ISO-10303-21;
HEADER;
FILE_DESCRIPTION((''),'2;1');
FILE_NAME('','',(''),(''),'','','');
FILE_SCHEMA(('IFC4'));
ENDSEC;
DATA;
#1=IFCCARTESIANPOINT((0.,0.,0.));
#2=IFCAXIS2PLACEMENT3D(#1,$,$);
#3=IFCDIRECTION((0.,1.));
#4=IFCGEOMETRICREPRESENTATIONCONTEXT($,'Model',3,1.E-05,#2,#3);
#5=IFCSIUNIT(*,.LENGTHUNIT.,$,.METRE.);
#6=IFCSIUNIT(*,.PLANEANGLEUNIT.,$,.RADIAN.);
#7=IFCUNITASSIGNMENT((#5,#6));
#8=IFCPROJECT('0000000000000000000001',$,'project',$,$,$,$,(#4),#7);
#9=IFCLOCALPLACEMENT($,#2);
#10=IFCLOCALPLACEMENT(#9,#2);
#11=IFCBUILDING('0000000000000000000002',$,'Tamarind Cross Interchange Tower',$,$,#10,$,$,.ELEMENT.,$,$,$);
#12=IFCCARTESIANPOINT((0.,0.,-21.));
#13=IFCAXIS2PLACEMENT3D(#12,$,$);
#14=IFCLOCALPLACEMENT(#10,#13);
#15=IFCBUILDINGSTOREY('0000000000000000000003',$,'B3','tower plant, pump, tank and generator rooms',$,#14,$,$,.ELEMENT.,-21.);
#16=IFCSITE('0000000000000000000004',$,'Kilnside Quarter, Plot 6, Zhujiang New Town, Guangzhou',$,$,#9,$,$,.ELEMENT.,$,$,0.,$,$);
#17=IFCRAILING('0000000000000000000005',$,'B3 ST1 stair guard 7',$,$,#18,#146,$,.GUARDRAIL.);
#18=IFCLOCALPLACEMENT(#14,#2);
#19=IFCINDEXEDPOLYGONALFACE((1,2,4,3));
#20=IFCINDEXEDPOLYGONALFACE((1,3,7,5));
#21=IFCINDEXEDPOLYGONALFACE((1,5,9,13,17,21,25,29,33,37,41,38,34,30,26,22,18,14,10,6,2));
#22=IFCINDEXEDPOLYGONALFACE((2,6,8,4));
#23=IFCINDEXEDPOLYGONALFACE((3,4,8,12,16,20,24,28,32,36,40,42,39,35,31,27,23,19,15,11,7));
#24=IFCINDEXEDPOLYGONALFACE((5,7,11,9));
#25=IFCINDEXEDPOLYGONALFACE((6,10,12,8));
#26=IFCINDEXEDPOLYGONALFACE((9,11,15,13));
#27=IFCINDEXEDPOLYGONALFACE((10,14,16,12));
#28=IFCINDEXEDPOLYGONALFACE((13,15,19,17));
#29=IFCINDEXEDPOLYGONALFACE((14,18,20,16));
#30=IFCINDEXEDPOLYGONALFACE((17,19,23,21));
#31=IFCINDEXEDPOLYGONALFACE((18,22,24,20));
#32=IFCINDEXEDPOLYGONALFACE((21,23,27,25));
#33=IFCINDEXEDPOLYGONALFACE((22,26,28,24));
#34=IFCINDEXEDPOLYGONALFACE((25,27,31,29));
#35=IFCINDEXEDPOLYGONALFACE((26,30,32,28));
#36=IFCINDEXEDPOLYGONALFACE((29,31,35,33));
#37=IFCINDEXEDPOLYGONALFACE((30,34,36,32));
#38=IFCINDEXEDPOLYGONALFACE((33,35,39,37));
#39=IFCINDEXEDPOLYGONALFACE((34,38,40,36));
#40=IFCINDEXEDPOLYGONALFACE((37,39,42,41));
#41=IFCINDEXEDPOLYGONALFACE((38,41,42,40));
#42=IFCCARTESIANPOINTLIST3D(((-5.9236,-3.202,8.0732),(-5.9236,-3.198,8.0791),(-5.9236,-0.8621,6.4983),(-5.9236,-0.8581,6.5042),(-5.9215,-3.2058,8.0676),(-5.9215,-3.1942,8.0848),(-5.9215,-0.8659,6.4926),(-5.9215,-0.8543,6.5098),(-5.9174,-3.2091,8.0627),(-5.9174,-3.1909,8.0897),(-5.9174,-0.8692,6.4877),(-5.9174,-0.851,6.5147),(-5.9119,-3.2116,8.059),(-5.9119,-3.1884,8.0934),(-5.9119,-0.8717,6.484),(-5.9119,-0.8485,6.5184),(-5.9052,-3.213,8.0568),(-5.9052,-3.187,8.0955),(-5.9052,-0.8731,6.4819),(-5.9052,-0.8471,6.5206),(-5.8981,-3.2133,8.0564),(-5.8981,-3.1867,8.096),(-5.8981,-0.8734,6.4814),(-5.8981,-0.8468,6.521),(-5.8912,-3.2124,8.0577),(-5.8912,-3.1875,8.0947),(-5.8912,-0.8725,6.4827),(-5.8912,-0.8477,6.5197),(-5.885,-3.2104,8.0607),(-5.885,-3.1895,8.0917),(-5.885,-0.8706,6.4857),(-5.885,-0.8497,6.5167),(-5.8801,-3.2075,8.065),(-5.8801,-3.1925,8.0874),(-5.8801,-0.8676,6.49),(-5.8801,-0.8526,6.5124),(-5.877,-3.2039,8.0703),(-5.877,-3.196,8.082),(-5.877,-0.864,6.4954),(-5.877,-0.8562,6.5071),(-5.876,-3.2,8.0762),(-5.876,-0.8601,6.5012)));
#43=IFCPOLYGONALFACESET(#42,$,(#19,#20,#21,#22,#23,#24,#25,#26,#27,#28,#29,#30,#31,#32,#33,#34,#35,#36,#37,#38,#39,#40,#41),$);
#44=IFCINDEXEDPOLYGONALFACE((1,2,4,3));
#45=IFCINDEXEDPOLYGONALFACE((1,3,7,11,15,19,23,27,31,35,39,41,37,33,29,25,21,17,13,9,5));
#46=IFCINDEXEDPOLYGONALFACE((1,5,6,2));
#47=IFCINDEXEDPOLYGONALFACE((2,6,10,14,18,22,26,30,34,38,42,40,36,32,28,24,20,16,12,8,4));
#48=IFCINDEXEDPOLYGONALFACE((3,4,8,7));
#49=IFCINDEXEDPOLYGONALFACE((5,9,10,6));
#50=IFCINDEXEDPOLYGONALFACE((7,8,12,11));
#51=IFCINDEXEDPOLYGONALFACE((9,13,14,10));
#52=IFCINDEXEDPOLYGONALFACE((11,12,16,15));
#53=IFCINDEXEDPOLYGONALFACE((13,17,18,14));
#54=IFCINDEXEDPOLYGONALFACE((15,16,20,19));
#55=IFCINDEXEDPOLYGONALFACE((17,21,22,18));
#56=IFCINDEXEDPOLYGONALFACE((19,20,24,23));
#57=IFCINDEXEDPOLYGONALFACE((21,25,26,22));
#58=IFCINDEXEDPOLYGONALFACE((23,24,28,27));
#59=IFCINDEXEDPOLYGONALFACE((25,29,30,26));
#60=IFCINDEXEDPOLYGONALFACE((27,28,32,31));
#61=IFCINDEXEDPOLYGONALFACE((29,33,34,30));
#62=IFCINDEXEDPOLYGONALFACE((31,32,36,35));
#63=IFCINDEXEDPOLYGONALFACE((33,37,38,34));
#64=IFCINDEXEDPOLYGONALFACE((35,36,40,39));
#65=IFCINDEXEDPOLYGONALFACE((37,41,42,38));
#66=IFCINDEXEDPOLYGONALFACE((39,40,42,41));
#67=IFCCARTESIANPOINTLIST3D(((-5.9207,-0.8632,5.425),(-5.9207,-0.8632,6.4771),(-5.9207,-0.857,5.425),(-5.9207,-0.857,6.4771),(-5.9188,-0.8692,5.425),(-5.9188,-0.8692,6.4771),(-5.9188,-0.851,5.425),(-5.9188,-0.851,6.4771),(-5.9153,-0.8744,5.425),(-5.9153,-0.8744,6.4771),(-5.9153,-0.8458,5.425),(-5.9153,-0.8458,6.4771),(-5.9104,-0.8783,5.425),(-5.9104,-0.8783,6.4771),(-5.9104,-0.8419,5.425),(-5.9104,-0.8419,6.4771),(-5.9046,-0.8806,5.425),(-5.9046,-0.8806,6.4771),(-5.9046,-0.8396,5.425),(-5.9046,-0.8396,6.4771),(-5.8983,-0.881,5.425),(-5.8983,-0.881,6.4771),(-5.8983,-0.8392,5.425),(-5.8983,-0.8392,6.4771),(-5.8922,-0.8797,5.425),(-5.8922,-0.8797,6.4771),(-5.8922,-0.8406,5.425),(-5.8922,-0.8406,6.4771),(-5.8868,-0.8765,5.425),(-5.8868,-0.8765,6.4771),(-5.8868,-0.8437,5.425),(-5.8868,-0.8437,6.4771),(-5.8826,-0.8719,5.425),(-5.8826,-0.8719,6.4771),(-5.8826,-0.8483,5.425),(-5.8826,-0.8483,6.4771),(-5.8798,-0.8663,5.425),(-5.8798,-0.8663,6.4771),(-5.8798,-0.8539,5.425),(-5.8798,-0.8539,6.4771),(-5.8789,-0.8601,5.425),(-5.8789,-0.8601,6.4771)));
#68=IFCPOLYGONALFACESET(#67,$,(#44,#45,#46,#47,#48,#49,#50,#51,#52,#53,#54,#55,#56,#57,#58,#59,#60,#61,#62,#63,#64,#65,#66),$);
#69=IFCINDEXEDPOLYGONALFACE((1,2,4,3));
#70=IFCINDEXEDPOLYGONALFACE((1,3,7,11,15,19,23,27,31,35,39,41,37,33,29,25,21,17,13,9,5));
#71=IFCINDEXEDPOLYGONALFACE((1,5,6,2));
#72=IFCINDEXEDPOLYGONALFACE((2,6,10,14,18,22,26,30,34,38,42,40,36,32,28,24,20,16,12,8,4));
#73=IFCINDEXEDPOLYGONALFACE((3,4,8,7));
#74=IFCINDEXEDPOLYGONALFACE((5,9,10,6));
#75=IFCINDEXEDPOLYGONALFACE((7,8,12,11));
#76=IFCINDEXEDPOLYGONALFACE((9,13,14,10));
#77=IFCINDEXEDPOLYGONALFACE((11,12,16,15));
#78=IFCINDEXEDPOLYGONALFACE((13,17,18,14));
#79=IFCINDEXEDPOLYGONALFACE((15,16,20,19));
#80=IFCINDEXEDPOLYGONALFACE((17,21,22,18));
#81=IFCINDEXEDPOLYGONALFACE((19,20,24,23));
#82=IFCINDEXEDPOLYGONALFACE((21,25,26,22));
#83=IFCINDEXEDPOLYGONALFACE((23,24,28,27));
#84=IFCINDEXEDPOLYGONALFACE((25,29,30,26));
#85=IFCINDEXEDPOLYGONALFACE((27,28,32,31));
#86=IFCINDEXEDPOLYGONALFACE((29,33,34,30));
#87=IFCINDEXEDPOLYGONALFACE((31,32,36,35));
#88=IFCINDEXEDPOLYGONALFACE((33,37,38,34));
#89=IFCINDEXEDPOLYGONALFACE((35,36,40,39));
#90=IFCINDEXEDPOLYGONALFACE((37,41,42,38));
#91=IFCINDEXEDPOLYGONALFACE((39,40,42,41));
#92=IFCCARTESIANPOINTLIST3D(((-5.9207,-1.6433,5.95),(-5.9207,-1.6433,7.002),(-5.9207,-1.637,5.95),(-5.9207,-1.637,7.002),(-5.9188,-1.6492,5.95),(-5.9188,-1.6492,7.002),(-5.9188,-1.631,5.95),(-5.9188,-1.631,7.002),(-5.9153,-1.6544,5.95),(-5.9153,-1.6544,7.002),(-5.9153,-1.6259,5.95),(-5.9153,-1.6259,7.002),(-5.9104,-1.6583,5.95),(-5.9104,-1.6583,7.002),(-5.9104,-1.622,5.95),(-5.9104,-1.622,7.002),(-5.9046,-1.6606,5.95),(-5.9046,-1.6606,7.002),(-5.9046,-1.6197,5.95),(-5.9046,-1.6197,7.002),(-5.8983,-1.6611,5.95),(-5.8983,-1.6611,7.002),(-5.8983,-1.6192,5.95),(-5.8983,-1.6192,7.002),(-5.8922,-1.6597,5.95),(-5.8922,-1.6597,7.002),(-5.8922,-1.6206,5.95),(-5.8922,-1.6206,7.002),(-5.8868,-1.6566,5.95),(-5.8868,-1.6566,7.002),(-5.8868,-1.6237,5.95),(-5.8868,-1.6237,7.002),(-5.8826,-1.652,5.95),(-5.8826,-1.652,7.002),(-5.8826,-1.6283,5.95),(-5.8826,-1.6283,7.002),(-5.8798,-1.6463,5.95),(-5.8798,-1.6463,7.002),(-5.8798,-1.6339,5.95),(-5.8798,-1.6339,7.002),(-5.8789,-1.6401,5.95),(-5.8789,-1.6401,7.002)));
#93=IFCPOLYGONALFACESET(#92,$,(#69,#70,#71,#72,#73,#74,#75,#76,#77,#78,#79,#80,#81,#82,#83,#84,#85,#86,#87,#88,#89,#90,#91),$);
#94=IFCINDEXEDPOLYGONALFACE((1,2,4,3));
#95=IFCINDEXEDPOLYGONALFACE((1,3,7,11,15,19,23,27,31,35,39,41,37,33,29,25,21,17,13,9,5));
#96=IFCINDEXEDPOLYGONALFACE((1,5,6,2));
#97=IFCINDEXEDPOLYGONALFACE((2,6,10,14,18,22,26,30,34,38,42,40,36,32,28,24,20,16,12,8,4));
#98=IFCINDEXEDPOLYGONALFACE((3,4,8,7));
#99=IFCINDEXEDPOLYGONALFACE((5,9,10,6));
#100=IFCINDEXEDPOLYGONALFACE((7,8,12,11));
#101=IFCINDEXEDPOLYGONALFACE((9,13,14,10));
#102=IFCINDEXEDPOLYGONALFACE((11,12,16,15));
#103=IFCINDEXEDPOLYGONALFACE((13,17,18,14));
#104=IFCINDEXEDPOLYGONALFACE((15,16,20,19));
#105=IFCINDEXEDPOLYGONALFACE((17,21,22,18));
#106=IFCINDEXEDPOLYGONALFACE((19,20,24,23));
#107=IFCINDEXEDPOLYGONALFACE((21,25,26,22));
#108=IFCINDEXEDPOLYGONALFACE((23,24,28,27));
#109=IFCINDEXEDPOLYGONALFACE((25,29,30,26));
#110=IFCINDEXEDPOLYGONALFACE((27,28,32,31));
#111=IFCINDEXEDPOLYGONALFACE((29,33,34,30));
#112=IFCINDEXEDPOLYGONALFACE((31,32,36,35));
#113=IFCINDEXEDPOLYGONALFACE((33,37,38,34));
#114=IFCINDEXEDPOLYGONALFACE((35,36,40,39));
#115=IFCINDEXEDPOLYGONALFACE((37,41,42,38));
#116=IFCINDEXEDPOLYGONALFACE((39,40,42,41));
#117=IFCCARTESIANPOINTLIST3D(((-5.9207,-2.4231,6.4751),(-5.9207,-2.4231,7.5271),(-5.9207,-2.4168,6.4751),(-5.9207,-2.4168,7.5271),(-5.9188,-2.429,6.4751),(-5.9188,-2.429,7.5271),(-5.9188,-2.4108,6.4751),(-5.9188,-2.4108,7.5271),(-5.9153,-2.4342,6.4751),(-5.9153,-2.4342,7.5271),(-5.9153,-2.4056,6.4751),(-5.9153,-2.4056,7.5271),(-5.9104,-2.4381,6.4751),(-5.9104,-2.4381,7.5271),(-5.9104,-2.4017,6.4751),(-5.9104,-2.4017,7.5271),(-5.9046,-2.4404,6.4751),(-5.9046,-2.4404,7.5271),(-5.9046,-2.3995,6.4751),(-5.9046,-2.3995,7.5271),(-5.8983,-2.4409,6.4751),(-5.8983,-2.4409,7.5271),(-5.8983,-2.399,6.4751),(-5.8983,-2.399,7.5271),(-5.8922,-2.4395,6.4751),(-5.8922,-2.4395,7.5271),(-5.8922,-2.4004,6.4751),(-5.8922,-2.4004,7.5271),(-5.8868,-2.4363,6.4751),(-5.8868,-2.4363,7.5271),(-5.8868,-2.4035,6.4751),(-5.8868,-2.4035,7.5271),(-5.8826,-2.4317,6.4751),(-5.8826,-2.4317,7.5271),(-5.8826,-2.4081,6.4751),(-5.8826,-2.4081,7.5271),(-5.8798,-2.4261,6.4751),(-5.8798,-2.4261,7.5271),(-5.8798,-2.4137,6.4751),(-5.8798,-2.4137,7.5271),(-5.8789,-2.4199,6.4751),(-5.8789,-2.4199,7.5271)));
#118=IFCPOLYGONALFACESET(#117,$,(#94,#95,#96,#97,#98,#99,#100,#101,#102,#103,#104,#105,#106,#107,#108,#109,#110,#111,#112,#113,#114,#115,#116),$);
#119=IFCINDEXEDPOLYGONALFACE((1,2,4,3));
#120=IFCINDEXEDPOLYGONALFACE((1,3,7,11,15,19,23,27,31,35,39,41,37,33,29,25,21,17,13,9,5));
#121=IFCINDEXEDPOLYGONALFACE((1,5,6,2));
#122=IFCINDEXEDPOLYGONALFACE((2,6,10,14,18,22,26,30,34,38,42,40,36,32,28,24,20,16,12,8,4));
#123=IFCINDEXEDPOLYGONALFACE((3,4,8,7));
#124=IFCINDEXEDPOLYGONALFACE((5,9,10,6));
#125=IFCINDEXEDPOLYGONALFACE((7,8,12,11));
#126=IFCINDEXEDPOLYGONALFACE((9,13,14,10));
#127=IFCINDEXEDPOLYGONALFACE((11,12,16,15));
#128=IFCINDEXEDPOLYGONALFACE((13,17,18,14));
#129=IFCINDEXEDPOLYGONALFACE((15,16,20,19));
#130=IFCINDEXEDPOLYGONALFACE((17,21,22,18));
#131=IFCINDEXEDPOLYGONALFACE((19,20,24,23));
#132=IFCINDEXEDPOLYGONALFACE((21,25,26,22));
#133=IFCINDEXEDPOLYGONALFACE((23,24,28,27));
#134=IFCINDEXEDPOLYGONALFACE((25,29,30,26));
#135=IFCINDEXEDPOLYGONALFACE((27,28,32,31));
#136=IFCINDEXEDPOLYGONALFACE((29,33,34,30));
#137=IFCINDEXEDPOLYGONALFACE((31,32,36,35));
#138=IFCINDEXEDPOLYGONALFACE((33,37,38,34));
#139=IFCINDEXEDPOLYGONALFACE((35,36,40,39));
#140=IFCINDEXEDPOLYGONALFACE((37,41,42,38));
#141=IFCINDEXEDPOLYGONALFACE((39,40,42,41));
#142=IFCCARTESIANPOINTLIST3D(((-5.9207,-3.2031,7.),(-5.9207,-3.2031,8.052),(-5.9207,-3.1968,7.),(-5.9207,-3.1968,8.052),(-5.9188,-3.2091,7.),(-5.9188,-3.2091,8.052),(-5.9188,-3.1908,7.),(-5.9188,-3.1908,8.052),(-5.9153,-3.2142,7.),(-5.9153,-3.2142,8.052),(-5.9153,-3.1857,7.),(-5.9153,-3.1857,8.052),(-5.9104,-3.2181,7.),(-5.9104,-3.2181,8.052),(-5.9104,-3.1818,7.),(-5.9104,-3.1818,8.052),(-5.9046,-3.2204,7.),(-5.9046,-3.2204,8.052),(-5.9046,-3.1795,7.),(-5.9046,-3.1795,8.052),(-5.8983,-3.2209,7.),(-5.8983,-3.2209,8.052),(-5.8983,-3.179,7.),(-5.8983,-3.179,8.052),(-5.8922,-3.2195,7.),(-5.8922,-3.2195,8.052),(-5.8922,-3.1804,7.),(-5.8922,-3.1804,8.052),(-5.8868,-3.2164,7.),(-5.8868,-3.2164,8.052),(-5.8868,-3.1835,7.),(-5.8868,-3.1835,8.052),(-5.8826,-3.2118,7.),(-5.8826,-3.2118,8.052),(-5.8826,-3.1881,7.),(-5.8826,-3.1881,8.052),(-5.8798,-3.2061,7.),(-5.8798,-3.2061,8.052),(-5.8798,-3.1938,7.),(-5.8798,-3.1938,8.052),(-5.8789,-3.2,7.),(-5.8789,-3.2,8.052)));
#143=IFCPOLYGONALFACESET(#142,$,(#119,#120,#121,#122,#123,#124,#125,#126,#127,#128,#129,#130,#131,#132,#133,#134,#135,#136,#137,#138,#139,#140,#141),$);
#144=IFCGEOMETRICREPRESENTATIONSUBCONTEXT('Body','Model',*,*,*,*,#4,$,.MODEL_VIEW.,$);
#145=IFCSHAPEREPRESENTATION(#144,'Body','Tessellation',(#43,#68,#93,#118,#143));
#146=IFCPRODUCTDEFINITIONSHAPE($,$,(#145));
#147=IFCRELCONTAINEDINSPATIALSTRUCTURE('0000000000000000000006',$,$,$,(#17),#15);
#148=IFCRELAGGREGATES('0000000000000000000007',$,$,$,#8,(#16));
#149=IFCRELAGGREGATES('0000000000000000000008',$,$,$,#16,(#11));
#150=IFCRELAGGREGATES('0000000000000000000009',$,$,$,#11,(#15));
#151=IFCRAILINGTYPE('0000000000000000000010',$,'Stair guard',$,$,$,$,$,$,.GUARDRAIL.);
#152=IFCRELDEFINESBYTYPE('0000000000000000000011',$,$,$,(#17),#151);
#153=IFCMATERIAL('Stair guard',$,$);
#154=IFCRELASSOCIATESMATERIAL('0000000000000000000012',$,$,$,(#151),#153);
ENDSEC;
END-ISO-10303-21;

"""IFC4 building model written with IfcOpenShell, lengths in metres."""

from ifc_helpers import new_model, si_unit, direction, frame, origin, origin_2d, place, context, subcontext, project, spatial, circle, extrude, material, type_object, element, save


model = new_model("IFC4")

# Units and contexts
model_context = context("Model", 3, precision=1e-05, world=origin(), true_north=direction((0.0, 1.0)))
body_context = subcontext(model_context, "Body", "Model", "MODEL_VIEW")
ifc_project = project(units=[si_unit("LENGTHUNIT", "METRE"), si_unit("PLANEANGLEUNIT", "RADIAN")], contexts=[model_context])

# Site, building, storey
site_placement = place(None, origin())
site = spatial("IfcSite", under=ifc_project, at=site_placement, Name="Kilnside Quarter, Plot 6, Zhujiang New Town, Guangzhou", CompositionType="ELEMENT", RefElevation=0.0)
building_placement = place(site_placement, origin())
building = spatial("IfcBuilding", under=site, at=building_placement, Name="Tamarind Cross Interchange Tower", CompositionType="ELEMENT")
storey_placement = place(building_placement, frame((0.0, 0.0, -21.0)))
storey = spatial("IfcBuildingStorey", under=building, at=storey_placement, Name="B3", Description="tower plant, pump, tank and generator rooms", CompositionType="ELEMENT", Elevation=-21.0)

# Railing
ifc_material_1 = material(Name="Stair guard")
railing_type_1 = type_object("IfcRailingType", Name="Stair guard", PredefinedType="GUARDRAIL", material=ifc_material_1)
railing_1_placement = place(storey_placement, frame((-5.8999, -0.8601, 5.425)))
element("IfcRailing", 1, at=railing_1_placement, inside=storey, type_object=railing_type_1, Name="B3 ST1 stair guard 7", PredefinedType="GUARDRAIL", context=body_context, shape_type="SweptSolid", body=[
    extrude(circle(Radius=0.0239, at=origin_2d()), frame((0.0, 0.0, 1.0762), z_axis=(0.0, -0.829578, 0.55839), x_axis=(1.0, 0.0, 0.0)), (0.0, 0.0, 1.0), 2.8206),
    extrude(circle(Radius=0.021, at=origin_2d()), origin(), (0.0, 0.0, 1.0), 1.052),
    extrude(circle(Radius=0.021, at=origin_2d()), frame((0.0, -0.78, 0.5249)), (0.0, 0.0, 1.0), 1.052),
    extrude(circle(Radius=0.021, at=origin_2d()), frame((0.0, -1.5598, 1.05)), (0.0, 0.0, 1.0), 1.052),
    extrude(circle(Radius=0.021, at=origin_2d()), frame((0.0, -2.3398, 1.575)), (0.0, 0.0, 1.0), 1.052),
])

save(model, "model.ifc")
